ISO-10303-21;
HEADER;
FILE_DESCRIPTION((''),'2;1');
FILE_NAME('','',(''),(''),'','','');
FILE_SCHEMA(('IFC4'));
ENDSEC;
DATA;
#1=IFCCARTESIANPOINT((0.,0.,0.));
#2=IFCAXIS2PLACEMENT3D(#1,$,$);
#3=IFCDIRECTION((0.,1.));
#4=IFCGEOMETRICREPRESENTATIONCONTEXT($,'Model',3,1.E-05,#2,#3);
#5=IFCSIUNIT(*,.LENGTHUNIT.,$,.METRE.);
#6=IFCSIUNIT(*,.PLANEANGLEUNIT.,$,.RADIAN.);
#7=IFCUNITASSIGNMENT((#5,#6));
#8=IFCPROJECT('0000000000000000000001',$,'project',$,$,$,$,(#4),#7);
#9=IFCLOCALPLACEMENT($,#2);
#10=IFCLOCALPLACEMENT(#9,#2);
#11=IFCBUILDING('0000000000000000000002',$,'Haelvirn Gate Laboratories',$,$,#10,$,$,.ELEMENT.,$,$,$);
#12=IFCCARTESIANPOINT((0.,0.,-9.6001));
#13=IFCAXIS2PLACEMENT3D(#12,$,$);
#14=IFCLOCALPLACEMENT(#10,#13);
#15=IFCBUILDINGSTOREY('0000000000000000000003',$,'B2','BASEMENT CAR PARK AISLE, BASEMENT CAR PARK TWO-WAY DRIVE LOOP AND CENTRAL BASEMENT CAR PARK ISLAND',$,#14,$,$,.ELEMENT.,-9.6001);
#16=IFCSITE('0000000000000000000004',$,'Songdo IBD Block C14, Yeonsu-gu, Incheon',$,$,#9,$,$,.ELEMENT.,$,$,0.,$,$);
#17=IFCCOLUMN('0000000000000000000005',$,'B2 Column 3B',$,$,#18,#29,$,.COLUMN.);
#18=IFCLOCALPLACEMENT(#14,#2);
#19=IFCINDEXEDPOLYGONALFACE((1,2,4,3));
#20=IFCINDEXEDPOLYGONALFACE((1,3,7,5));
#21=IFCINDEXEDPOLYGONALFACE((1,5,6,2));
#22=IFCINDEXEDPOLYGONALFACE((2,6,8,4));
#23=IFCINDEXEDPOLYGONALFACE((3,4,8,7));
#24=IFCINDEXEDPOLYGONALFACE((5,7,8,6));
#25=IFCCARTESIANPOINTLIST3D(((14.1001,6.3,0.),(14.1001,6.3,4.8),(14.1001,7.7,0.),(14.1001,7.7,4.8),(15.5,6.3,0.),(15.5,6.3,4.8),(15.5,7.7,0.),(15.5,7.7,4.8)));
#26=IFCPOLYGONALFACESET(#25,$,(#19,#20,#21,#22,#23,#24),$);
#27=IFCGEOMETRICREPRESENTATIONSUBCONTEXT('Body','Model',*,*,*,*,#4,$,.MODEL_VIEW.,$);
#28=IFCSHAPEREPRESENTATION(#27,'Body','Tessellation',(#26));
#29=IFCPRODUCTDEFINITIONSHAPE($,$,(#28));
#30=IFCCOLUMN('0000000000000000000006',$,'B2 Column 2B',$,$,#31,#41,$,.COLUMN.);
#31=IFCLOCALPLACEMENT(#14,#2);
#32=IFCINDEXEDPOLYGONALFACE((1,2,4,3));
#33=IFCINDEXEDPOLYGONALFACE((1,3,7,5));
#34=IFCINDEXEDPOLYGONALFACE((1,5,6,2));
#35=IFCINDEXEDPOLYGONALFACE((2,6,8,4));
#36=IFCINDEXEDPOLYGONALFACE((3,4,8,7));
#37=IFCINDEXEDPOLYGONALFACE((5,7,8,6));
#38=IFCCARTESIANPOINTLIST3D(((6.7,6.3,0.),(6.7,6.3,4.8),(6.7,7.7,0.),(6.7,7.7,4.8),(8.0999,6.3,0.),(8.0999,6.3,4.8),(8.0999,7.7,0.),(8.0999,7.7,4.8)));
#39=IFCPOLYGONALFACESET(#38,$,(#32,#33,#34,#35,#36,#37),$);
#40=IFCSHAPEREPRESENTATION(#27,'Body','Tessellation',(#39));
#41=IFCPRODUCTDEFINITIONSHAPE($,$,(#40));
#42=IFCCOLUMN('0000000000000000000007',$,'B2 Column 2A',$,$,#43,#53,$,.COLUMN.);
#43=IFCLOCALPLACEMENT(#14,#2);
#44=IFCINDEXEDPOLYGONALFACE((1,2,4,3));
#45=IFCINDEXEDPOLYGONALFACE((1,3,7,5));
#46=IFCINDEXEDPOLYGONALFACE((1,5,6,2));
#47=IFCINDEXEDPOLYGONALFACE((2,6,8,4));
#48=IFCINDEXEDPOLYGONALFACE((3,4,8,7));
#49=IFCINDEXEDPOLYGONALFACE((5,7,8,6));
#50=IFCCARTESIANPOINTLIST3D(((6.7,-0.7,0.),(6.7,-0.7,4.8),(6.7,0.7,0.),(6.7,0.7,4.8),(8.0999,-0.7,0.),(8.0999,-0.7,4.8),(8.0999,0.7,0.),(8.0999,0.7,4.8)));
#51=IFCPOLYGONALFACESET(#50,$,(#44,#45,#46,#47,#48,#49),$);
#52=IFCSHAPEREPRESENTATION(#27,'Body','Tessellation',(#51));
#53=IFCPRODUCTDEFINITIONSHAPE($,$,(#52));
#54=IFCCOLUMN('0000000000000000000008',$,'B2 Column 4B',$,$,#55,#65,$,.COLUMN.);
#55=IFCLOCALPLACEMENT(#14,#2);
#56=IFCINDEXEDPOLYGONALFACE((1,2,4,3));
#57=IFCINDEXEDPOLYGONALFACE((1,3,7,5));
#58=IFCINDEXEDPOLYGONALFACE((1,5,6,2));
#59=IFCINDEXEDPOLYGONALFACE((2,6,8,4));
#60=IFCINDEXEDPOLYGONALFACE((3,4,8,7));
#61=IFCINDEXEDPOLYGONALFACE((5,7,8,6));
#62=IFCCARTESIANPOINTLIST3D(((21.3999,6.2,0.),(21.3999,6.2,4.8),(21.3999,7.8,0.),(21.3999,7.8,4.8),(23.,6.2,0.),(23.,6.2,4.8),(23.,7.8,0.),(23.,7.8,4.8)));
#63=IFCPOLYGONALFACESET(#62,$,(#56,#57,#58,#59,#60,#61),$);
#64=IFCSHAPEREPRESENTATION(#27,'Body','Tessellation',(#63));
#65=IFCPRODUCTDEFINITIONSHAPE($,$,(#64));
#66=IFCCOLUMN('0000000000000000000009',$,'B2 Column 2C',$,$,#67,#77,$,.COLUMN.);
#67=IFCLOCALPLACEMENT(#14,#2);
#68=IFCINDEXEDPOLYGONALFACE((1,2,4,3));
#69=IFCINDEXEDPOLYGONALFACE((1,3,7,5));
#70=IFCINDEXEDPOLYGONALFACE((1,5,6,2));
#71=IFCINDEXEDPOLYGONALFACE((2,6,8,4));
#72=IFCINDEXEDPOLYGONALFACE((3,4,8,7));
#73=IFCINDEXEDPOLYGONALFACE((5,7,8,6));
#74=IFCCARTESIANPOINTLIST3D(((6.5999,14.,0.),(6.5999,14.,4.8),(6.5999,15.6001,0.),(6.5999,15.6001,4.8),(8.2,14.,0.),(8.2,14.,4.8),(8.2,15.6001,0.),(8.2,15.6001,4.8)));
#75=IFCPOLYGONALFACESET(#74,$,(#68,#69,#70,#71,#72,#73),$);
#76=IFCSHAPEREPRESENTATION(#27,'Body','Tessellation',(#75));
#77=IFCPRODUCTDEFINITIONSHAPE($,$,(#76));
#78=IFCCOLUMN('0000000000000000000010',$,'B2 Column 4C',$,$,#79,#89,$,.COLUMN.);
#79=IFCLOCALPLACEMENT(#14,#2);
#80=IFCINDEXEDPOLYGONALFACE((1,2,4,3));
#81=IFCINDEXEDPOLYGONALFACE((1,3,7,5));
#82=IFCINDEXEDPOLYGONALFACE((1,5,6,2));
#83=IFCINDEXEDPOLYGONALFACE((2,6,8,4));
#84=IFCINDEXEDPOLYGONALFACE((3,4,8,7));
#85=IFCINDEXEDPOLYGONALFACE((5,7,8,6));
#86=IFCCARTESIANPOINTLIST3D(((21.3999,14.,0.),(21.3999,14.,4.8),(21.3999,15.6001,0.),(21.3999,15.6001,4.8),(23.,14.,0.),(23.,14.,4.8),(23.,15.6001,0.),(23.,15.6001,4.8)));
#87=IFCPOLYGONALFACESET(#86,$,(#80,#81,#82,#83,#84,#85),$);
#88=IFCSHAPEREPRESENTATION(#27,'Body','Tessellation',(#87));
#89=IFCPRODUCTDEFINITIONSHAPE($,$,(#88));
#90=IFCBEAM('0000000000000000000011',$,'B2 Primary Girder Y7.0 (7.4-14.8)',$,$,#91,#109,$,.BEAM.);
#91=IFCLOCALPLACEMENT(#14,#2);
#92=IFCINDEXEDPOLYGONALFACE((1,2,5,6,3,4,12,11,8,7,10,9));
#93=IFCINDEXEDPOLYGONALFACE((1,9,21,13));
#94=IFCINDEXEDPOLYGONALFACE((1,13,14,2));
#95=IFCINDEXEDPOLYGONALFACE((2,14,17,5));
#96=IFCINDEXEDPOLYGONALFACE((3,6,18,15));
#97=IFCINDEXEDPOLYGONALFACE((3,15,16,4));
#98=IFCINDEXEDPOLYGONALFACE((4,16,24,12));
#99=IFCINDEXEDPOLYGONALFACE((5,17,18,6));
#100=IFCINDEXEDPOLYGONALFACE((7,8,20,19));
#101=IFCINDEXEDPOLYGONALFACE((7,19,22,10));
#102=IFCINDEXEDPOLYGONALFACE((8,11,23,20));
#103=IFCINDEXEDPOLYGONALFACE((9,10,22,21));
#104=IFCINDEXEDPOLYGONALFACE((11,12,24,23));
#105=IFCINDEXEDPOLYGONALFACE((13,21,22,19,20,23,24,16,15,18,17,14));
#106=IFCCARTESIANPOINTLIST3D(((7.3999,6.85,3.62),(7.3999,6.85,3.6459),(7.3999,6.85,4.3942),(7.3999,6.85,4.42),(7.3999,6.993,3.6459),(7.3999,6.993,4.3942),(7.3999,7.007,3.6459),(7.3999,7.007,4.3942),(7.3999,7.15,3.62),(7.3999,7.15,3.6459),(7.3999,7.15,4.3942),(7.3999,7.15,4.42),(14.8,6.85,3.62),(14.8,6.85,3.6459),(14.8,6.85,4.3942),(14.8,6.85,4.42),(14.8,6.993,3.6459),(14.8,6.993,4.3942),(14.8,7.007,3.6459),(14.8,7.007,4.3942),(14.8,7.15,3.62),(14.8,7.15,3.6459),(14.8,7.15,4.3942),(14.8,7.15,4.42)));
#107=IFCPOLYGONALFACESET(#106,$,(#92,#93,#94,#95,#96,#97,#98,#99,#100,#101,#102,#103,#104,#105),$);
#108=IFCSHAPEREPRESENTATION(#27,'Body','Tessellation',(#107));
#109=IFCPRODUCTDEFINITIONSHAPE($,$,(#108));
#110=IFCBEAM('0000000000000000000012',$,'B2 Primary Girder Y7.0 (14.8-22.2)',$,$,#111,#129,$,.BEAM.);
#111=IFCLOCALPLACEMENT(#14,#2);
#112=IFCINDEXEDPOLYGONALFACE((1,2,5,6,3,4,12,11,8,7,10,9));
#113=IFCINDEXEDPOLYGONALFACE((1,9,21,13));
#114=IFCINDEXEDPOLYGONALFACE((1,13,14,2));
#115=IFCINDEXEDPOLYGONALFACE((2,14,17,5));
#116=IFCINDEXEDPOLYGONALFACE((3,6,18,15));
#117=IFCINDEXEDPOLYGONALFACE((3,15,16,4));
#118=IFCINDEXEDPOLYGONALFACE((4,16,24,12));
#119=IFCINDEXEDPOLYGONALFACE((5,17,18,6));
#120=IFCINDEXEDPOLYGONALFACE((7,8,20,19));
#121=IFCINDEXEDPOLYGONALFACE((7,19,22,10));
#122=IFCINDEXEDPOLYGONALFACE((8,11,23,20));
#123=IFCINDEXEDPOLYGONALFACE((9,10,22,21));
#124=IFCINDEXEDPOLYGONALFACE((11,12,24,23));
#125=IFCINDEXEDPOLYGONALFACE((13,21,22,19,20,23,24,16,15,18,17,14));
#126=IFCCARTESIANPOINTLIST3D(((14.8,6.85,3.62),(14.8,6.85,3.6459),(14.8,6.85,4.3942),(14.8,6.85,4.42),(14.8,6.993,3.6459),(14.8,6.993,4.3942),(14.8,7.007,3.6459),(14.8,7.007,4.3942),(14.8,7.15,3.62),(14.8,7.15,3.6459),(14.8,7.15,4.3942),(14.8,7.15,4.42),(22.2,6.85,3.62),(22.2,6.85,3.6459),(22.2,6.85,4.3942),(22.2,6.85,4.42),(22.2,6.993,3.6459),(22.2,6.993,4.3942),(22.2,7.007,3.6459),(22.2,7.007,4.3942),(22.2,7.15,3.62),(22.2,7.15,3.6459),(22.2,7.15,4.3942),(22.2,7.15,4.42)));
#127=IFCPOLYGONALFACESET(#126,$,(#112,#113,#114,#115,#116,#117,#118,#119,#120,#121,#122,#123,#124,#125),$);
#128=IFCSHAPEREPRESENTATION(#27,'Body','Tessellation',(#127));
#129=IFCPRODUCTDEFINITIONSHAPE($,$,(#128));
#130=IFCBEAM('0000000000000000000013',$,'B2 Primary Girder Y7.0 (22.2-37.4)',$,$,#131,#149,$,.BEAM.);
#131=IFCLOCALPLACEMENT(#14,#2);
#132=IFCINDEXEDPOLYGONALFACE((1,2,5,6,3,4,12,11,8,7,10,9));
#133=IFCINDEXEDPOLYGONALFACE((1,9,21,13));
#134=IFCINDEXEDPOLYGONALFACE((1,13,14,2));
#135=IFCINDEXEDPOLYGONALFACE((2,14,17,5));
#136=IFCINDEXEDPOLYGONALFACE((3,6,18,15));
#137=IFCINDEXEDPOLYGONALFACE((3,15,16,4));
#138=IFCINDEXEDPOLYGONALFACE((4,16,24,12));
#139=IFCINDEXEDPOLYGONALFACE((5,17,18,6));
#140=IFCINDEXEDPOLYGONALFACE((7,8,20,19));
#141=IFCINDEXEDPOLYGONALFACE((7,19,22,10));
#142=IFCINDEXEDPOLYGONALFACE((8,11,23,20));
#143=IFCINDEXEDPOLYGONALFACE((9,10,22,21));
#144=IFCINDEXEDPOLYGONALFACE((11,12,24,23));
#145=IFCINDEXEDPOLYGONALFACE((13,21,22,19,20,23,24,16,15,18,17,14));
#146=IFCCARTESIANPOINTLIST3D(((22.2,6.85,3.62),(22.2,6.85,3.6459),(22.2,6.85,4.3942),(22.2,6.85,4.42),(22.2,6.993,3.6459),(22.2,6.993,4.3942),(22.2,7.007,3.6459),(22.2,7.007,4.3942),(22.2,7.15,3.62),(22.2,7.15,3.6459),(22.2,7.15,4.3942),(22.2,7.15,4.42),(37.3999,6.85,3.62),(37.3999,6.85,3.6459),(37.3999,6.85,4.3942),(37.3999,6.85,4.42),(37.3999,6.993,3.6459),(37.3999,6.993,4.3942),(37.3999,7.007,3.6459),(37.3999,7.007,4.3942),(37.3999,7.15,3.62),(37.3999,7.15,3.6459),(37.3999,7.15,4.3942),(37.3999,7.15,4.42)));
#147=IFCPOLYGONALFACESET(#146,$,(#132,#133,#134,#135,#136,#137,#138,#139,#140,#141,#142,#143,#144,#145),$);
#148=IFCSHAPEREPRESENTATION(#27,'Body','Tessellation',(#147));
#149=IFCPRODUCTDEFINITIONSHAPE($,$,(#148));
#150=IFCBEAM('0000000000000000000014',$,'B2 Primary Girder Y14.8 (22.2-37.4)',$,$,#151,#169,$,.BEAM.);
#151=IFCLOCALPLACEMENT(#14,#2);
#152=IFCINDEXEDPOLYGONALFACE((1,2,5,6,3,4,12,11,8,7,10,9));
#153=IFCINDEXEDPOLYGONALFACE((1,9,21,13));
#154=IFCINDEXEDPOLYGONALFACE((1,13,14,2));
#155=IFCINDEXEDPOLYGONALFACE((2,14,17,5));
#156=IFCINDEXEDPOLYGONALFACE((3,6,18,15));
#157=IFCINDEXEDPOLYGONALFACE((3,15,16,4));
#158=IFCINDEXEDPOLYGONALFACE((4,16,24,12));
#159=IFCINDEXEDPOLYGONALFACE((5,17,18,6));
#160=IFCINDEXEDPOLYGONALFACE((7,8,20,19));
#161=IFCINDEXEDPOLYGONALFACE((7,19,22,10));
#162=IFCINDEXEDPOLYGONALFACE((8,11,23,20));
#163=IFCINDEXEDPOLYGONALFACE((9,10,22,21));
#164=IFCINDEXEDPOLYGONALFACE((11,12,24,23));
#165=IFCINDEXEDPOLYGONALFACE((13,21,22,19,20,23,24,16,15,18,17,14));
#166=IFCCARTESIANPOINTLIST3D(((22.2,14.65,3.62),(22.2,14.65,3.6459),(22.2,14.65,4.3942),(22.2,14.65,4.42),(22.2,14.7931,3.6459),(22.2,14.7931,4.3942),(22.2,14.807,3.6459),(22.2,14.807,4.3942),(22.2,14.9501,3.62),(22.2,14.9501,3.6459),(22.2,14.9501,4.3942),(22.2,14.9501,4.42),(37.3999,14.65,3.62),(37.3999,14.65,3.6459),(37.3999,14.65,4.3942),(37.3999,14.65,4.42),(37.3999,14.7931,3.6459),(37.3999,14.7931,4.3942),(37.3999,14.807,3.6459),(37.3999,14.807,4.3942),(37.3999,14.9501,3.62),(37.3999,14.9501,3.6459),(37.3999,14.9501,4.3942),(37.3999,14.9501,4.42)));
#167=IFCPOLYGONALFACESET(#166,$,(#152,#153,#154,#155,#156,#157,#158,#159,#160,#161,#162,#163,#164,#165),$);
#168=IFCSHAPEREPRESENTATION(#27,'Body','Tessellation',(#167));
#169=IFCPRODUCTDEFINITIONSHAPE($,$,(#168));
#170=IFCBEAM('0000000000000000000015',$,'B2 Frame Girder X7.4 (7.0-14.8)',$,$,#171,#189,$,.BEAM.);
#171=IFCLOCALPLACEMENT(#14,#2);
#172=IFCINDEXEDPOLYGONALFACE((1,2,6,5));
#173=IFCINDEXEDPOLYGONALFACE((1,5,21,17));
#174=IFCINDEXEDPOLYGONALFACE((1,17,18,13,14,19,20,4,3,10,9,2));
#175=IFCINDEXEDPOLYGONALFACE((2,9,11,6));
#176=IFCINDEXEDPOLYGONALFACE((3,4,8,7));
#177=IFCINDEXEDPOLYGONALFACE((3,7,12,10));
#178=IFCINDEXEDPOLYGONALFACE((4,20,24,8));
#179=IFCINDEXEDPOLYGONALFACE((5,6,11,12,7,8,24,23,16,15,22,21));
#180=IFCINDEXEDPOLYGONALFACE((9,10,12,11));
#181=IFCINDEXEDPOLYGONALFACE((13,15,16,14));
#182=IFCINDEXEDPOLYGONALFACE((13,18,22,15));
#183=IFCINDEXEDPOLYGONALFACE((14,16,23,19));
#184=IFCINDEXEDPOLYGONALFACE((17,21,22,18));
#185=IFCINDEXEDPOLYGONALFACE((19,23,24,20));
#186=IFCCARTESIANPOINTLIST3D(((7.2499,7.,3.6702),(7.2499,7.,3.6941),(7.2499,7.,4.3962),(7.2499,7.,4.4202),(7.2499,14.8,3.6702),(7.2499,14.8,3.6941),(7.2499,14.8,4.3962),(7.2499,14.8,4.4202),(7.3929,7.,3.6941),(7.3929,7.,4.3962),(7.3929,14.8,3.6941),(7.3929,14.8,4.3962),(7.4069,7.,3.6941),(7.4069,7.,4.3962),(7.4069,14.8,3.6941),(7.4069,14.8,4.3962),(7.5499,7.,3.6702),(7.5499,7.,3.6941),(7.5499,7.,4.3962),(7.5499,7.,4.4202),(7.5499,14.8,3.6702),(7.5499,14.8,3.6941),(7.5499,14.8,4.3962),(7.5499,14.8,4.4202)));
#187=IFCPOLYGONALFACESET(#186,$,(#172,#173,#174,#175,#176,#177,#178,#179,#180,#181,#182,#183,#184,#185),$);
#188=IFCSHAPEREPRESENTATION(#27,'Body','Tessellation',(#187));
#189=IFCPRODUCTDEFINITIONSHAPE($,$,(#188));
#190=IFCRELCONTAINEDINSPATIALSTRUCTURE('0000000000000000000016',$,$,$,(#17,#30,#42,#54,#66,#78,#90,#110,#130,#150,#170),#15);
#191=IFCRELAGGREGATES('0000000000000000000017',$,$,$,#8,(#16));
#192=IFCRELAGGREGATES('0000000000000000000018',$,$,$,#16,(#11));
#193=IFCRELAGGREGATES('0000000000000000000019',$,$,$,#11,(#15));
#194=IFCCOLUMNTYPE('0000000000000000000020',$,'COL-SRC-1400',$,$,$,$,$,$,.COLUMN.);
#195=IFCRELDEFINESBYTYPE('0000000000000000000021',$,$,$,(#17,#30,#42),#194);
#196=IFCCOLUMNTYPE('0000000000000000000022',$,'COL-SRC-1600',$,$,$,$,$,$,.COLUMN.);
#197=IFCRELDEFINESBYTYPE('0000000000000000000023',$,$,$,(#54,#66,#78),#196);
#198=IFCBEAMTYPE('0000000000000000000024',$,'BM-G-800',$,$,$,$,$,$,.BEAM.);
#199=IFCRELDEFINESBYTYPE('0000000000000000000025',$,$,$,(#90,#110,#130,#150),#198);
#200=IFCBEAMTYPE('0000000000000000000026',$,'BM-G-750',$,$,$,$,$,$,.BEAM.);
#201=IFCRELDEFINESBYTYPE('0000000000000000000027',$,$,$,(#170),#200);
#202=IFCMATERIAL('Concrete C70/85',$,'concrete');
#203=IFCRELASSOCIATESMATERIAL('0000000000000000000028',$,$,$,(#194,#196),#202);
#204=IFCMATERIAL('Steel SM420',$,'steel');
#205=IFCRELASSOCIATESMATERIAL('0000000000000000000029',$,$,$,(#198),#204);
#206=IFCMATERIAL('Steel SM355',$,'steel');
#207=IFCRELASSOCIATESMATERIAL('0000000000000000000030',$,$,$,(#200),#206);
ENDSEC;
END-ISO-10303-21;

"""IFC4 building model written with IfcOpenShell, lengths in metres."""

from ifc_helpers import new_model, si_unit, direction, frame, origin, origin_2d, place, context, subcontext, project, spatial, rectangle, i_section, extrude, source, transform, mapped, material, material_profile, profile_set, type_object, type_shapes, element, save


model = new_model("IFC4")

# Units and contexts
model_context = context("Model", 3, precision=1e-05, world=origin(), true_north=direction((0.0, 1.0)))
body_context = subcontext(model_context, "Body", "Model", "MODEL_VIEW")
ifc_project = project(units=[si_unit("LENGTHUNIT", "METRE"), si_unit("PLANEANGLEUNIT", "RADIAN")], contexts=[model_context])

# Site, building, storey
site_placement = place(None, origin())
site = spatial("IfcSite", under=ifc_project, at=site_placement, Name="Songdo IBD Block C14, Yeonsu-gu, Incheon", CompositionType="ELEMENT", RefElevation=0.0)
building_placement = place(site_placement, origin())
building = spatial("IfcBuilding", under=site, at=building_placement, Name="Haelvirn Gate Laboratories", CompositionType="ELEMENT")
storey_placement = place(building_placement, frame((0.0, 0.0, -9.6001)))
storey = spatial("IfcBuildingStorey", under=building, at=storey_placement, Name="B2", Description="BASEMENT CAR PARK AISLE, BASEMENT CAR PARK TWO-WAY DRIVE LOOP AND CENTRAL BASEMENT CAR PARK ISLAND", CompositionType="ELEMENT", Elevation=-9.6001)

# Columns
ifc_material_1 = material(Name="Concrete C70/85", Category="concrete")
ifc_material_profile_1 = material_profile(ifc_material_1, rectangle(XDim=1.3999, YDim=1.3999, at=origin_2d()), Name="SRC-1400x1400")
ifc_profile_set_1 = profile_set([ifc_material_profile_1], Name="Concrete C70/85")
column_type_1 = type_object("IfcColumnType", Name="COL-SRC-1400", PredefinedType="COLUMN", material=ifc_profile_set_1)
shared_shape_1 = source(origin(), body_context, "Body", "SweptSolid", [
    extrude(rectangle(XDim=1.3999, YDim=1.3999, at=origin_2d()), origin(), (0.0, 0.0, 1.0), 4.8),
])
type_shapes(column_type_1, [shared_shape_1])
for number, where, z_axis, x_axis, name in (
    (1, (14.8, 7.0, 0.0), (0.0, 0.0, 1.0), (1.0, 0.0, 0.0), "B2 Column 3B"),
    (2, (7.3999, 7.0, 0.0), (0.0, 0.0, 1.0), (1.0, 0.0, 0.0), "B2 Column 2B"),
    (3, (7.3999, 0.0, 0.0), (0.0, 0.0, 1.0), (1.0, 0.0, 0.0), "B2 Column 2A"),
):
    element("IfcColumn", number, at=place(storey_placement, frame(where, z_axis=z_axis, x_axis=x_axis)), inside=storey, type_object=column_type_1, Name=name, PredefinedType="COLUMN", context=body_context, shape_type="MappedRepresentation", body=[
        mapped(shared_shape_1, transform((0.0, 0.0, 0.0), scale=1.0)),
    ])
ifc_material_profile_2 = material_profile(ifc_material_1, rectangle(XDim=1.6001, YDim=1.6001, at=origin_2d()), Name="SRC-1600x1600")
ifc_profile_set_2 = profile_set([ifc_material_profile_2], Name="Concrete C70/85")
column_type_2 = type_object("IfcColumnType", Name="COL-SRC-1600", PredefinedType="COLUMN", material=ifc_profile_set_2)
shared_shape_2 = source(origin(), body_context, "Body", "SweptSolid", [
    extrude(rectangle(XDim=1.6001, YDim=1.6001, at=origin_2d()), origin(), (0.0, 0.0, 1.0), 4.8),
])
type_shapes(column_type_2, [shared_shape_2])
for number, where, z_axis, x_axis, name in (
    (4, (22.2, 7.0, 0.0), (0.0, 0.0, 1.0), (1.0, 0.0, 0.0), "B2 Column 4B"),
    (5, (7.3999, 14.8, 0.0), (0.0, 0.0, 1.0), (1.0, 0.0, 0.0), "B2 Column 2C"),
    (6, (22.2, 14.8, 0.0), (0.0, 0.0, 1.0), (1.0, 0.0, 0.0), "B2 Column 4C"),
):
    element("IfcColumn", number, at=place(storey_placement, frame(where, z_axis=z_axis, x_axis=x_axis)), inside=storey, type_object=column_type_2, Name=name, PredefinedType="COLUMN", context=body_context, shape_type="MappedRepresentation", body=[
        mapped(shared_shape_2, transform((0.0, 0.0, 0.0), scale=1.0)),
    ])

# Beams
ifc_material_2 = material(Name="Steel SM420", Category="steel")
ifc_material_profile_3 = material_profile(ifc_material_2, i_section(OverallWidth=0.3, OverallDepth=0.8, WebThickness=0.0139, FlangeThickness=0.0259, at=origin_2d()), Name="H-800x300x14x26")
ifc_profile_set_3 = profile_set([ifc_material_profile_3], Name="Steel SM420")
beam_type_1 = type_object("IfcBeamType", Name="BM-G-800", PredefinedType="BEAM", material=ifc_profile_set_3)
shared_shape_3 = source(origin(), body_context, "Body", "SweptSolid", [
    extrude(i_section(OverallWidth=0.3, OverallDepth=0.8, WebThickness=0.0139, FlangeThickness=0.0259, at=origin_2d()), origin(), (0.0, 0.0, 1.0), 7.4001),
])
beam_1_placement = place(storey_placement, frame((7.3999, 7.0, 4.02), z_axis=(1.0, 0.0, 0.0), x_axis=(0.0, 1.0, 0.0)))
element("IfcBeam", 7, at=beam_1_placement, inside=storey, type_object=beam_type_1, Name="B2 Primary Girder Y7.0 (7.4-14.8)", PredefinedType="BEAM", context=body_context, shape_type="MappedRepresentation", body=[
    mapped(shared_shape_3, transform((0.0, 0.0, 0.0), scale=1.0)),
])
shared_shape_4 = source(origin(), body_context, "Body", "SweptSolid", [
    extrude(i_section(OverallWidth=0.3, OverallDepth=0.8, WebThickness=0.0139, FlangeThickness=0.0259, at=origin_2d()), origin(), (0.0, 0.0, 1.0), 7.3999),
])
beam_2_placement = place(storey_placement, frame((14.8, 7.0, 4.02), z_axis=(1.0, 0.0, 0.0), x_axis=(0.0, 1.0, 0.0)))
element("IfcBeam", 8, at=beam_2_placement, inside=storey, type_object=beam_type_1, Name="B2 Primary Girder Y7.0 (14.8-22.2)", PredefinedType="BEAM", context=body_context, shape_type="MappedRepresentation", body=[
    mapped(shared_shape_4, transform((0.0, 0.0, 0.0), scale=1.0)),
])
shared_shape_5 = source(origin(), body_context, "Body", "SweptSolid", [
    extrude(i_section(OverallWidth=0.3, OverallDepth=0.8, WebThickness=0.0139, FlangeThickness=0.0259, at=origin_2d()), origin(), (0.0, 0.0, 1.0), 15.2),
])
type_shapes(beam_type_1, [shared_shape_3, shared_shape_4, shared_shape_5])
for number, where, z_axis, x_axis, name in (
    (9, (22.2, 7.0, 4.02), (1.0, 0.0, 0.0), (0.0, 1.0, 0.0), "B2 Primary Girder Y7.0 (22.2-37.4)"),
    (10, (22.2, 14.8, 4.02), (1.0, 0.0, 0.0), (0.0, 1.0, 0.0), "B2 Primary Girder Y14.8 (22.2-37.4)"),
):
    element("IfcBeam", number, at=place(storey_placement, frame(where, z_axis=z_axis, x_axis=x_axis)), inside=storey, type_object=beam_type_1, Name=name, PredefinedType="BEAM", context=body_context, shape_type="MappedRepresentation", body=[
        mapped(shared_shape_5, transform((0.0, 0.0, 0.0), scale=1.0)),
    ])
ifc_material_3 = material(Name="Steel SM355", Category="steel")
ifc_material_profile_4 = material_profile(ifc_material_3, i_section(OverallWidth=0.3, OverallDepth=0.75, WebThickness=0.0139, FlangeThickness=0.0239, at=origin_2d()), Name="H-750x300x14x24")
ifc_profile_set_4 = profile_set([ifc_material_profile_4], Name="Steel SM355")
beam_type_2 = type_object("IfcBeamType", Name="BM-G-750", PredefinedType="BEAM", material=ifc_profile_set_4)
shared_shape_6 = source(origin(), body_context, "Body", "SweptSolid", [
    extrude(i_section(OverallWidth=0.3, OverallDepth=0.75, WebThickness=0.0139, FlangeThickness=0.0239, at=origin_2d()), origin(), (0.0, 0.0, 1.0), 7.8),
])
for number, where, z_axis, x_axis, name in (
    (11, (7.3999, 7.0, 4.0452), (0.0, 1.0, 0.0), (-1.0, 0.0, 0.0), "B2 Frame Girder X7.4 (7.0-14.8)"),
):
    element("IfcBeam", number, at=place(storey_placement, frame(where, z_axis=z_axis, x_axis=x_axis)), inside=storey, type_object=beam_type_2, Name=name, PredefinedType="BEAM", context=body_context, shape_type="MappedRepresentation", body=[
        mapped(shared_shape_6, transform((0.0, 0.0, 0.0), scale=1.0)),
    ])

save(model, "model.ifc")
